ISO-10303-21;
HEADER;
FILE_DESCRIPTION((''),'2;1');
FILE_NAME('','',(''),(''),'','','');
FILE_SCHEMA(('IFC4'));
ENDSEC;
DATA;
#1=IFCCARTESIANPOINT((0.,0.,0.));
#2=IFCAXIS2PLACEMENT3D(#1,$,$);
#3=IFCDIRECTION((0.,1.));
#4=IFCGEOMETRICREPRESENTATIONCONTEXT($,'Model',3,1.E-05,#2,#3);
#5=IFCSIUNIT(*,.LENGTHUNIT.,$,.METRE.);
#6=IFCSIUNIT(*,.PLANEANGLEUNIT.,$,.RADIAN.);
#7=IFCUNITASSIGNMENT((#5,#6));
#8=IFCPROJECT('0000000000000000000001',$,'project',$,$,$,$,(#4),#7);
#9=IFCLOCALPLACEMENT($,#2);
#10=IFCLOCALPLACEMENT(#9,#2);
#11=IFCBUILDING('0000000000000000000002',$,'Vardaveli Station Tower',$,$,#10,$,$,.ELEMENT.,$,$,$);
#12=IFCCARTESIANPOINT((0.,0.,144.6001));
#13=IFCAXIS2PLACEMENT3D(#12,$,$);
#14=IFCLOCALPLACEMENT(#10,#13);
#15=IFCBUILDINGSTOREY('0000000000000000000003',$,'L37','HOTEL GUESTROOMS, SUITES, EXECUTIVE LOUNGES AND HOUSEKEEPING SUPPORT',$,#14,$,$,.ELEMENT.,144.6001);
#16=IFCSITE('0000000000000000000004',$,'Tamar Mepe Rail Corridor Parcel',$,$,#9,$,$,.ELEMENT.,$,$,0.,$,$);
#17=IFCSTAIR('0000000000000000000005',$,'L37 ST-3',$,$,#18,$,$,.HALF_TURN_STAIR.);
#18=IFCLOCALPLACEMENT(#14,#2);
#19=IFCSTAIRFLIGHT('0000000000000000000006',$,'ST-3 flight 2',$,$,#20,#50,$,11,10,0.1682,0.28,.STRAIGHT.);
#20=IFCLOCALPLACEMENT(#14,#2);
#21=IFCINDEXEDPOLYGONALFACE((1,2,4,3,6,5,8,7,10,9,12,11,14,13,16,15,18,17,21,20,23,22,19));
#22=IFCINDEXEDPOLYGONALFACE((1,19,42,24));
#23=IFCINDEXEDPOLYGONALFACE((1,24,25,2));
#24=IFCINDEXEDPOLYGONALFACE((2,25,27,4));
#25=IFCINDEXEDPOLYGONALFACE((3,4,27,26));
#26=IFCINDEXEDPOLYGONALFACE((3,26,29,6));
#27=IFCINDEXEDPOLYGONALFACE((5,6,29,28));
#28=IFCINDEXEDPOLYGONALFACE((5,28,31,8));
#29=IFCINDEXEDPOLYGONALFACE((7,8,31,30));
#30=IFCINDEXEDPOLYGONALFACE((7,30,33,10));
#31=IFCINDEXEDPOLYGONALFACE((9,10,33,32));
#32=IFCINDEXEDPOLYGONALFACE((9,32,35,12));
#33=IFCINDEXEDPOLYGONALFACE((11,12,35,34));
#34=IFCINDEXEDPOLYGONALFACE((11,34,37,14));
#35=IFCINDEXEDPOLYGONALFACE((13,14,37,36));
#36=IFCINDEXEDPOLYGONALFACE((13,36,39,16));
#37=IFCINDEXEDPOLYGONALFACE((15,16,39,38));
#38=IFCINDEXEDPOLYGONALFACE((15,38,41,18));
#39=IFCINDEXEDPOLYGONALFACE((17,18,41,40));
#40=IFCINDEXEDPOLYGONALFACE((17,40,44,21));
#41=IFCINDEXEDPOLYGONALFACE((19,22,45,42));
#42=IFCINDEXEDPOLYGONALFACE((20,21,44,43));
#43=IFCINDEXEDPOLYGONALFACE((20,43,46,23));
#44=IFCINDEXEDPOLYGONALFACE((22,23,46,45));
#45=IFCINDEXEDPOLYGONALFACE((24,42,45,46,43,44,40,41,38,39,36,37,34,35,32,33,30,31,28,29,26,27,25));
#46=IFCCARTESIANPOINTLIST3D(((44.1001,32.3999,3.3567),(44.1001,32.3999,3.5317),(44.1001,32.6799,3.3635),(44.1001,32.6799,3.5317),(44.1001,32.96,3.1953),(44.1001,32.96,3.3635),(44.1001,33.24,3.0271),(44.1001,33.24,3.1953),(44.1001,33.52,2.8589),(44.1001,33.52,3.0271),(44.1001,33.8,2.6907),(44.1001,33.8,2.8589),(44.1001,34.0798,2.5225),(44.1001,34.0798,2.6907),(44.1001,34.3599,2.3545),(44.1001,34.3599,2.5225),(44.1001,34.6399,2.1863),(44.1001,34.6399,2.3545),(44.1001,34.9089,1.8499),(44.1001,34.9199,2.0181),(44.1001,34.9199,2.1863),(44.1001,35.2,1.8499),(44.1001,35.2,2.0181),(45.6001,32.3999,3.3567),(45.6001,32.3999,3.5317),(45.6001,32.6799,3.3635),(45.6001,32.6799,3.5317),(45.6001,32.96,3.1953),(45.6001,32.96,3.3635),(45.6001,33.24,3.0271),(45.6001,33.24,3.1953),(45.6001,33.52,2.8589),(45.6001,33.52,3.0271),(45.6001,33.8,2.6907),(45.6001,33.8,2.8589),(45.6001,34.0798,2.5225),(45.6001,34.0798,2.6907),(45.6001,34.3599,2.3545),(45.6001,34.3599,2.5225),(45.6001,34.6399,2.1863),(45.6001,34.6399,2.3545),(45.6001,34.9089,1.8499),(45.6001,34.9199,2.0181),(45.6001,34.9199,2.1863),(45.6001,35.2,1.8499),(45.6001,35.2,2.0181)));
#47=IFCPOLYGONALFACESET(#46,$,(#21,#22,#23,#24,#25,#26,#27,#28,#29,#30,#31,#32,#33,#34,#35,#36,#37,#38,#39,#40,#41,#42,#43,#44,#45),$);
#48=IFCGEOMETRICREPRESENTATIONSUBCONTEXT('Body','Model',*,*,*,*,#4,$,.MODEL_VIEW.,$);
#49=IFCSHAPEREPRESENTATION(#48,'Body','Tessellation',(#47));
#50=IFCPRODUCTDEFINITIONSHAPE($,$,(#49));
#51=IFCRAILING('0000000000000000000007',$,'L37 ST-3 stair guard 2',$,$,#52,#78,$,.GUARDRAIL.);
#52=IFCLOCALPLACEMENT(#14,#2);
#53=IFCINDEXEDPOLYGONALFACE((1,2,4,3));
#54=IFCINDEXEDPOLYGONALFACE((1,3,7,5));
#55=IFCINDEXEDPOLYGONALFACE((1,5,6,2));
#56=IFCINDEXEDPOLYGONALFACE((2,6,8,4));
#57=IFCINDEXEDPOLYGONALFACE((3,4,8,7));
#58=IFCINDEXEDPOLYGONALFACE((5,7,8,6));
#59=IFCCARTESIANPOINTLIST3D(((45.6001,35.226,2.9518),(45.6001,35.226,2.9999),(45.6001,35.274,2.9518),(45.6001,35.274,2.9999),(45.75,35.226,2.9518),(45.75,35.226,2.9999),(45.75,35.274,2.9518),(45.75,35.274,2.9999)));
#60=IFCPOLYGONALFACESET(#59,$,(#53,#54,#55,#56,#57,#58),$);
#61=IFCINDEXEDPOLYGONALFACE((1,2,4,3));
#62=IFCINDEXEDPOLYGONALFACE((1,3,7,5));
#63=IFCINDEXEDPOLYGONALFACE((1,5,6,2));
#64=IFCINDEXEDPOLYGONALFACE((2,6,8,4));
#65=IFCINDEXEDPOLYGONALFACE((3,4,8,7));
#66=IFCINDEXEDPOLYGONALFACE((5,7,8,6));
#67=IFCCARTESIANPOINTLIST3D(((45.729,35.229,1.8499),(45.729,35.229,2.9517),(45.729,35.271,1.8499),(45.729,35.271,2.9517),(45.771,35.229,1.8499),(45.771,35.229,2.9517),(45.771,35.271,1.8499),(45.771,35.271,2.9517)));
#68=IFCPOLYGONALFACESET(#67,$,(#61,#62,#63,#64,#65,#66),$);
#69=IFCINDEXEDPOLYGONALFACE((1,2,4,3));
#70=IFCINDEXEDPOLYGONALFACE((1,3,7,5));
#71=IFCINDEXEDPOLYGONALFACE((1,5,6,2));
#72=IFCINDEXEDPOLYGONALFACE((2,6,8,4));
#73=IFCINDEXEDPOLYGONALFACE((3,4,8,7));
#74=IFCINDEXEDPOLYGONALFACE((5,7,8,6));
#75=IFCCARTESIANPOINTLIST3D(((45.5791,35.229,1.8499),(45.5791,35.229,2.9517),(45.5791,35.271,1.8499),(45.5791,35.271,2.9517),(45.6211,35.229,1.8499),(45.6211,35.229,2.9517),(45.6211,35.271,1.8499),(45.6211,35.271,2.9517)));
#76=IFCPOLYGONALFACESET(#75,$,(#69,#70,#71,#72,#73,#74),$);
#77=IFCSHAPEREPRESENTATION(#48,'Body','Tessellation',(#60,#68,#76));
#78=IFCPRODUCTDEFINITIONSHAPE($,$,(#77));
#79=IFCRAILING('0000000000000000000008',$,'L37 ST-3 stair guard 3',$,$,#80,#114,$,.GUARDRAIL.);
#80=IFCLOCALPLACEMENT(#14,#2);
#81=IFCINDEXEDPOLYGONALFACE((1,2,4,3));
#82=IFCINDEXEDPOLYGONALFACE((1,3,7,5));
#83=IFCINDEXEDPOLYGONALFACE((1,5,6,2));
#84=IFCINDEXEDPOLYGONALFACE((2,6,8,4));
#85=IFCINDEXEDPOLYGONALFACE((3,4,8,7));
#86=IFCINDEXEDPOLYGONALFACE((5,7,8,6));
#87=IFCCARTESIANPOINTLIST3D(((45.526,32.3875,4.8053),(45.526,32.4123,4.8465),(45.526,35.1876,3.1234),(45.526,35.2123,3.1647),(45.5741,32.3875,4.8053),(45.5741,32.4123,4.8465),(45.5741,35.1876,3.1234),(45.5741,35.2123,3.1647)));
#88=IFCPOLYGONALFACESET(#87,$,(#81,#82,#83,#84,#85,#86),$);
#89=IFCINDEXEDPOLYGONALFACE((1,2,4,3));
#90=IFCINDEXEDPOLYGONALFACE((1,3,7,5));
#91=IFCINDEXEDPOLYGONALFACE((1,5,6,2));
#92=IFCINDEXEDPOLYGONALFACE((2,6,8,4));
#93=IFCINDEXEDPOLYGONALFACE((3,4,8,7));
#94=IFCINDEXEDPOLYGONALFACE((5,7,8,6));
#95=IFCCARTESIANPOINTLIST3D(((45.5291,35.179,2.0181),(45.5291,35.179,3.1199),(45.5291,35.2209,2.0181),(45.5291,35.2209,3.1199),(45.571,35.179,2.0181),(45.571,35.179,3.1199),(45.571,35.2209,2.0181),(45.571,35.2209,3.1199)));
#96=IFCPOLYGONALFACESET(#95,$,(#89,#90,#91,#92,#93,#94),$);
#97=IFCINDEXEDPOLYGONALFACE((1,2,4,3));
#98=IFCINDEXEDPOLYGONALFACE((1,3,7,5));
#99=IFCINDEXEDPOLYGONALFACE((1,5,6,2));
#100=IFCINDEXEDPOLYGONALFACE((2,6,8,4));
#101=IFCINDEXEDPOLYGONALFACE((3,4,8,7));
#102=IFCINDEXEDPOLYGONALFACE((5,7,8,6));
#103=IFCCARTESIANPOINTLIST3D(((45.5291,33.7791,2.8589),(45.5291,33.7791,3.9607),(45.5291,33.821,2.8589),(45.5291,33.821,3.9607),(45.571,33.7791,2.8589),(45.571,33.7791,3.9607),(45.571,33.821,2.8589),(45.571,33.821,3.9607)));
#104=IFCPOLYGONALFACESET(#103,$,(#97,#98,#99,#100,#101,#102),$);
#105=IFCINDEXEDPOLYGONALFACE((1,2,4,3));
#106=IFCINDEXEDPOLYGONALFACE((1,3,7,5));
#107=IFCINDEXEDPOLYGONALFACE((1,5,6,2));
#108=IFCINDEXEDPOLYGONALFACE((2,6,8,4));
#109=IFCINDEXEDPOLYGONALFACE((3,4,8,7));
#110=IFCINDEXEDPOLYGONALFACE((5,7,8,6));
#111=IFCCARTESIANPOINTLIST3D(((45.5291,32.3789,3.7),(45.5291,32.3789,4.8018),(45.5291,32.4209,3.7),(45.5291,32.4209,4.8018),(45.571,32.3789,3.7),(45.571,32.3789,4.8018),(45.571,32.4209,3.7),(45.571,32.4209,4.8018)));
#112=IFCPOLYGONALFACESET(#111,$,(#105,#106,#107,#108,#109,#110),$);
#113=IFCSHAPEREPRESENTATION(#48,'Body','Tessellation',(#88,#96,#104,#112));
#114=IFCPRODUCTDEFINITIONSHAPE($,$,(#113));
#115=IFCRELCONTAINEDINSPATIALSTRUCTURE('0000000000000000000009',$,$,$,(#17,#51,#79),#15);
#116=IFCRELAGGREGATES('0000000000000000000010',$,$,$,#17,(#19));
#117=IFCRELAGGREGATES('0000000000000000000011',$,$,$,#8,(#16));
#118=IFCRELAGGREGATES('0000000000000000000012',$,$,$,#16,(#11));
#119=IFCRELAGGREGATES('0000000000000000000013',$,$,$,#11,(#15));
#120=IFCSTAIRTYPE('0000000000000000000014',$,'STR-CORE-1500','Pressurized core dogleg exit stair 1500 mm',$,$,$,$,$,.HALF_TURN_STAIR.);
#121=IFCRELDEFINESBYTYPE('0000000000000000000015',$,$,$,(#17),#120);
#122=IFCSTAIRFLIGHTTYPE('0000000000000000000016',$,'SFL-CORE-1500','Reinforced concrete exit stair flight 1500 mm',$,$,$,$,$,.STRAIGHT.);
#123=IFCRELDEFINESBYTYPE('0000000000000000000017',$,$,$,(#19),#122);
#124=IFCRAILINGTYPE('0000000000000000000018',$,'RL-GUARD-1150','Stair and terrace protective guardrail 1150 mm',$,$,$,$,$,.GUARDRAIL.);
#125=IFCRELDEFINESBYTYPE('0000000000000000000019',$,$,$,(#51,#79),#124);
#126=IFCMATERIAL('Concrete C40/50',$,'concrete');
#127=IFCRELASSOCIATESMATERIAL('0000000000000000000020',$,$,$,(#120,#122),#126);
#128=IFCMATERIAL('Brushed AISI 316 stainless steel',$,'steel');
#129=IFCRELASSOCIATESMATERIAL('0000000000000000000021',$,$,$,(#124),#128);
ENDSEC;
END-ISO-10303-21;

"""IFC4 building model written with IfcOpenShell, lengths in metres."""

from ifc_helpers import new_model, si_unit, direction, frame, origin, origin_2d, place, context, subcontext, project, spatial, polyline, rectangle, outline, extrude, source, transform, mapped, material, type_object, element, aggregate, save


model = new_model("IFC4")

# Units and contexts
model_context = context("Model", 3, precision=1e-05, world=origin(), true_north=direction((0.0, 1.0)))
body_context = subcontext(model_context, "Body", "Model", "MODEL_VIEW")
ifc_project = project(units=[si_unit("LENGTHUNIT", "METRE"), si_unit("PLANEANGLEUNIT", "RADIAN")], contexts=[model_context])

# Site, building, storey
site_placement = place(None, origin())
site = spatial("IfcSite", under=ifc_project, at=site_placement, Name="Tamar Mepe Rail Corridor Parcel", CompositionType="ELEMENT", RefElevation=0.0)
building_placement = place(site_placement, origin())
building = spatial("IfcBuilding", under=site, at=building_placement, Name="Vardaveli Station Tower", CompositionType="ELEMENT")
storey_placement = place(building_placement, frame((0.0, 0.0, 144.6001)))
storey = spatial("IfcBuildingStorey", under=building, at=storey_placement, Name="L37", Description="HOTEL GUESTROOMS, SUITES, EXECUTIVE LOUNGES AND HOUSEKEEPING SUPPORT", CompositionType="ELEMENT", Elevation=144.6001)

# Shared definitions
ifc_material_1 = material(Name="Concrete C40/50", Category="concrete")

# Stair, stair flight
stair_type = type_object("IfcStairType", Name="STR-CORE-1500", Description="Pressurized core dogleg exit stair 1500 mm", PredefinedType="HALF_TURN_STAIR", material=ifc_material_1)
stair_placement = place(storey_placement, origin())
stair = element("IfcStair", 1, at=stair_placement, inside=storey, type_object=stair_type, Name="L37 ST-3", PredefinedType="HALF_TURN_STAIR")
stair_flight_type = type_object("IfcStairFlightType", Name="SFL-CORE-1500", Description="Reinforced concrete exit stair flight 1500 mm", PredefinedType="STRAIGHT", material=ifc_material_1)
shared_shape_1 = source(origin(), body_context, "Body", "SweptSolid", [
    extrude(outline(polyline([(0.0, 0.0), (0.0, 0.1682), (0.28, 0.1682), (0.28, 0.3364), (0.5601, 0.3364), (0.5601, 0.5046), (0.8401, 0.5046), (0.8401, 0.6726), (1.1201, 0.6726), (1.1201, 0.8408), (1.3999, 0.8408), (1.3999, 1.009), (1.6799, 1.009), (1.6799, 1.1772), (1.96, 1.1772), (1.96, 1.3455), (2.24, 1.3455), (2.24, 1.5137), (2.52, 1.5137), (2.52, 1.6819), (2.8, 1.6819), (2.8, 1.8501), (2.8, 1.5068), (0.291, 0.0), (0.0, 0.0)])), frame((0.0, 0.75, 0.0), z_axis=(0.0, -1.0, 0.0), x_axis=(1.0, 0.0, 0.0)), (0.0, 0.0, 1.0), 1.5),
])
stair_flight_placement = place(storey_placement, frame((44.8501, 35.2, 1.8499), z_axis=(0.0, 0.0, 1.0), x_axis=(0.0, -1.0, 0.0)))
stair_flight = element("IfcStairFlight", 2, at=stair_flight_placement, type_object=stair_flight_type, Name="ST-3 flight 2", NumberOfRisers=11, NumberOfTreads=10, PredefinedType="STRAIGHT", RiserHeight=0.1682, TreadLength=0.28, context=body_context, shape_type="MappedRepresentation", body=[
    mapped(shared_shape_1, transform((0.0, 0.0, 0.0), scale=1.0)),
])
aggregate(stair, [stair_flight])

# Railings
ifc_material_2 = material(Name="Brushed AISI 316 stainless steel", Category="steel")
railing_type = type_object("IfcRailingType", Name="RL-GUARD-1150", Description="Stair and terrace protective guardrail 1150 mm", PredefinedType="GUARDRAIL", material=ifc_material_2)
shared_shape_2 = source(origin(), body_context, "Body", "SweptSolid", [
    extrude(rectangle(XDim=0.0481, YDim=0.0481, at=origin_2d()), frame((0.0, 0.0, 1.126), z_axis=(-1.0, 0.0, 0.0), x_axis=(0.0, -1.0, 0.0)), (0.0, 0.0, 1.0), 0.1499),
    extrude(rectangle(XDim=0.042, YDim=0.042, at=origin_2d()), origin(), (0.0, 0.0, 1.0), 1.1018),
    extrude(rectangle(XDim=0.042, YDim=0.042, at=origin_2d()), frame((-0.1499, 0.0, 0.0)), (0.0, 0.0, 1.0), 1.1018),
])
railing_1_placement = place(storey_placement, frame((45.75, 35.25, 1.8499)))
element("IfcRailing", 3, at=railing_1_placement, inside=storey, type_object=railing_type, Name="L37 ST-3 stair guard 2", PredefinedType="GUARDRAIL", context=body_context, shape_type="MappedRepresentation", body=[
    mapped(shared_shape_2, transform((0.0, 0.0, 0.0), scale=1.0)),
])
shared_shape_3 = source(origin(), body_context, "Body", "SweptSolid", [
    extrude(rectangle(XDim=0.0481, YDim=0.0481, at=origin_2d()), frame((0.0, 0.0, 1.126), z_axis=(0.0, -0.857242, 0.514913), x_axis=(1.0, 0.0, 0.0)), (0.0, 0.0, 1.0), 3.2664),
    extrude(rectangle(XDim=0.042, YDim=0.042, at=origin_2d()), origin(), (0.0, 0.0, 1.0), 1.1018),
    extrude(rectangle(XDim=0.042, YDim=0.042, at=origin_2d()), frame((0.0, -1.3999, 0.8408)), (0.0, 0.0, 1.0), 1.1018),
    extrude(rectangle(XDim=0.042, YDim=0.042, at=origin_2d()), frame((0.0, -2.8, 1.6819)), (0.0, 0.0, 1.0), 1.1018),
])
railing_2_placement = place(storey_placement, frame((45.55, 35.2, 2.0181)))
element("IfcRailing", 4, at=railing_2_placement, inside=storey, type_object=railing_type, Name="L37 ST-3 stair guard 3", PredefinedType="GUARDRAIL", context=body_context, shape_type="MappedRepresentation", body=[
    mapped(shared_shape_3, transform((0.0, 0.0, 0.0), scale=1.0)),
])

save(model, "model.ifc")
